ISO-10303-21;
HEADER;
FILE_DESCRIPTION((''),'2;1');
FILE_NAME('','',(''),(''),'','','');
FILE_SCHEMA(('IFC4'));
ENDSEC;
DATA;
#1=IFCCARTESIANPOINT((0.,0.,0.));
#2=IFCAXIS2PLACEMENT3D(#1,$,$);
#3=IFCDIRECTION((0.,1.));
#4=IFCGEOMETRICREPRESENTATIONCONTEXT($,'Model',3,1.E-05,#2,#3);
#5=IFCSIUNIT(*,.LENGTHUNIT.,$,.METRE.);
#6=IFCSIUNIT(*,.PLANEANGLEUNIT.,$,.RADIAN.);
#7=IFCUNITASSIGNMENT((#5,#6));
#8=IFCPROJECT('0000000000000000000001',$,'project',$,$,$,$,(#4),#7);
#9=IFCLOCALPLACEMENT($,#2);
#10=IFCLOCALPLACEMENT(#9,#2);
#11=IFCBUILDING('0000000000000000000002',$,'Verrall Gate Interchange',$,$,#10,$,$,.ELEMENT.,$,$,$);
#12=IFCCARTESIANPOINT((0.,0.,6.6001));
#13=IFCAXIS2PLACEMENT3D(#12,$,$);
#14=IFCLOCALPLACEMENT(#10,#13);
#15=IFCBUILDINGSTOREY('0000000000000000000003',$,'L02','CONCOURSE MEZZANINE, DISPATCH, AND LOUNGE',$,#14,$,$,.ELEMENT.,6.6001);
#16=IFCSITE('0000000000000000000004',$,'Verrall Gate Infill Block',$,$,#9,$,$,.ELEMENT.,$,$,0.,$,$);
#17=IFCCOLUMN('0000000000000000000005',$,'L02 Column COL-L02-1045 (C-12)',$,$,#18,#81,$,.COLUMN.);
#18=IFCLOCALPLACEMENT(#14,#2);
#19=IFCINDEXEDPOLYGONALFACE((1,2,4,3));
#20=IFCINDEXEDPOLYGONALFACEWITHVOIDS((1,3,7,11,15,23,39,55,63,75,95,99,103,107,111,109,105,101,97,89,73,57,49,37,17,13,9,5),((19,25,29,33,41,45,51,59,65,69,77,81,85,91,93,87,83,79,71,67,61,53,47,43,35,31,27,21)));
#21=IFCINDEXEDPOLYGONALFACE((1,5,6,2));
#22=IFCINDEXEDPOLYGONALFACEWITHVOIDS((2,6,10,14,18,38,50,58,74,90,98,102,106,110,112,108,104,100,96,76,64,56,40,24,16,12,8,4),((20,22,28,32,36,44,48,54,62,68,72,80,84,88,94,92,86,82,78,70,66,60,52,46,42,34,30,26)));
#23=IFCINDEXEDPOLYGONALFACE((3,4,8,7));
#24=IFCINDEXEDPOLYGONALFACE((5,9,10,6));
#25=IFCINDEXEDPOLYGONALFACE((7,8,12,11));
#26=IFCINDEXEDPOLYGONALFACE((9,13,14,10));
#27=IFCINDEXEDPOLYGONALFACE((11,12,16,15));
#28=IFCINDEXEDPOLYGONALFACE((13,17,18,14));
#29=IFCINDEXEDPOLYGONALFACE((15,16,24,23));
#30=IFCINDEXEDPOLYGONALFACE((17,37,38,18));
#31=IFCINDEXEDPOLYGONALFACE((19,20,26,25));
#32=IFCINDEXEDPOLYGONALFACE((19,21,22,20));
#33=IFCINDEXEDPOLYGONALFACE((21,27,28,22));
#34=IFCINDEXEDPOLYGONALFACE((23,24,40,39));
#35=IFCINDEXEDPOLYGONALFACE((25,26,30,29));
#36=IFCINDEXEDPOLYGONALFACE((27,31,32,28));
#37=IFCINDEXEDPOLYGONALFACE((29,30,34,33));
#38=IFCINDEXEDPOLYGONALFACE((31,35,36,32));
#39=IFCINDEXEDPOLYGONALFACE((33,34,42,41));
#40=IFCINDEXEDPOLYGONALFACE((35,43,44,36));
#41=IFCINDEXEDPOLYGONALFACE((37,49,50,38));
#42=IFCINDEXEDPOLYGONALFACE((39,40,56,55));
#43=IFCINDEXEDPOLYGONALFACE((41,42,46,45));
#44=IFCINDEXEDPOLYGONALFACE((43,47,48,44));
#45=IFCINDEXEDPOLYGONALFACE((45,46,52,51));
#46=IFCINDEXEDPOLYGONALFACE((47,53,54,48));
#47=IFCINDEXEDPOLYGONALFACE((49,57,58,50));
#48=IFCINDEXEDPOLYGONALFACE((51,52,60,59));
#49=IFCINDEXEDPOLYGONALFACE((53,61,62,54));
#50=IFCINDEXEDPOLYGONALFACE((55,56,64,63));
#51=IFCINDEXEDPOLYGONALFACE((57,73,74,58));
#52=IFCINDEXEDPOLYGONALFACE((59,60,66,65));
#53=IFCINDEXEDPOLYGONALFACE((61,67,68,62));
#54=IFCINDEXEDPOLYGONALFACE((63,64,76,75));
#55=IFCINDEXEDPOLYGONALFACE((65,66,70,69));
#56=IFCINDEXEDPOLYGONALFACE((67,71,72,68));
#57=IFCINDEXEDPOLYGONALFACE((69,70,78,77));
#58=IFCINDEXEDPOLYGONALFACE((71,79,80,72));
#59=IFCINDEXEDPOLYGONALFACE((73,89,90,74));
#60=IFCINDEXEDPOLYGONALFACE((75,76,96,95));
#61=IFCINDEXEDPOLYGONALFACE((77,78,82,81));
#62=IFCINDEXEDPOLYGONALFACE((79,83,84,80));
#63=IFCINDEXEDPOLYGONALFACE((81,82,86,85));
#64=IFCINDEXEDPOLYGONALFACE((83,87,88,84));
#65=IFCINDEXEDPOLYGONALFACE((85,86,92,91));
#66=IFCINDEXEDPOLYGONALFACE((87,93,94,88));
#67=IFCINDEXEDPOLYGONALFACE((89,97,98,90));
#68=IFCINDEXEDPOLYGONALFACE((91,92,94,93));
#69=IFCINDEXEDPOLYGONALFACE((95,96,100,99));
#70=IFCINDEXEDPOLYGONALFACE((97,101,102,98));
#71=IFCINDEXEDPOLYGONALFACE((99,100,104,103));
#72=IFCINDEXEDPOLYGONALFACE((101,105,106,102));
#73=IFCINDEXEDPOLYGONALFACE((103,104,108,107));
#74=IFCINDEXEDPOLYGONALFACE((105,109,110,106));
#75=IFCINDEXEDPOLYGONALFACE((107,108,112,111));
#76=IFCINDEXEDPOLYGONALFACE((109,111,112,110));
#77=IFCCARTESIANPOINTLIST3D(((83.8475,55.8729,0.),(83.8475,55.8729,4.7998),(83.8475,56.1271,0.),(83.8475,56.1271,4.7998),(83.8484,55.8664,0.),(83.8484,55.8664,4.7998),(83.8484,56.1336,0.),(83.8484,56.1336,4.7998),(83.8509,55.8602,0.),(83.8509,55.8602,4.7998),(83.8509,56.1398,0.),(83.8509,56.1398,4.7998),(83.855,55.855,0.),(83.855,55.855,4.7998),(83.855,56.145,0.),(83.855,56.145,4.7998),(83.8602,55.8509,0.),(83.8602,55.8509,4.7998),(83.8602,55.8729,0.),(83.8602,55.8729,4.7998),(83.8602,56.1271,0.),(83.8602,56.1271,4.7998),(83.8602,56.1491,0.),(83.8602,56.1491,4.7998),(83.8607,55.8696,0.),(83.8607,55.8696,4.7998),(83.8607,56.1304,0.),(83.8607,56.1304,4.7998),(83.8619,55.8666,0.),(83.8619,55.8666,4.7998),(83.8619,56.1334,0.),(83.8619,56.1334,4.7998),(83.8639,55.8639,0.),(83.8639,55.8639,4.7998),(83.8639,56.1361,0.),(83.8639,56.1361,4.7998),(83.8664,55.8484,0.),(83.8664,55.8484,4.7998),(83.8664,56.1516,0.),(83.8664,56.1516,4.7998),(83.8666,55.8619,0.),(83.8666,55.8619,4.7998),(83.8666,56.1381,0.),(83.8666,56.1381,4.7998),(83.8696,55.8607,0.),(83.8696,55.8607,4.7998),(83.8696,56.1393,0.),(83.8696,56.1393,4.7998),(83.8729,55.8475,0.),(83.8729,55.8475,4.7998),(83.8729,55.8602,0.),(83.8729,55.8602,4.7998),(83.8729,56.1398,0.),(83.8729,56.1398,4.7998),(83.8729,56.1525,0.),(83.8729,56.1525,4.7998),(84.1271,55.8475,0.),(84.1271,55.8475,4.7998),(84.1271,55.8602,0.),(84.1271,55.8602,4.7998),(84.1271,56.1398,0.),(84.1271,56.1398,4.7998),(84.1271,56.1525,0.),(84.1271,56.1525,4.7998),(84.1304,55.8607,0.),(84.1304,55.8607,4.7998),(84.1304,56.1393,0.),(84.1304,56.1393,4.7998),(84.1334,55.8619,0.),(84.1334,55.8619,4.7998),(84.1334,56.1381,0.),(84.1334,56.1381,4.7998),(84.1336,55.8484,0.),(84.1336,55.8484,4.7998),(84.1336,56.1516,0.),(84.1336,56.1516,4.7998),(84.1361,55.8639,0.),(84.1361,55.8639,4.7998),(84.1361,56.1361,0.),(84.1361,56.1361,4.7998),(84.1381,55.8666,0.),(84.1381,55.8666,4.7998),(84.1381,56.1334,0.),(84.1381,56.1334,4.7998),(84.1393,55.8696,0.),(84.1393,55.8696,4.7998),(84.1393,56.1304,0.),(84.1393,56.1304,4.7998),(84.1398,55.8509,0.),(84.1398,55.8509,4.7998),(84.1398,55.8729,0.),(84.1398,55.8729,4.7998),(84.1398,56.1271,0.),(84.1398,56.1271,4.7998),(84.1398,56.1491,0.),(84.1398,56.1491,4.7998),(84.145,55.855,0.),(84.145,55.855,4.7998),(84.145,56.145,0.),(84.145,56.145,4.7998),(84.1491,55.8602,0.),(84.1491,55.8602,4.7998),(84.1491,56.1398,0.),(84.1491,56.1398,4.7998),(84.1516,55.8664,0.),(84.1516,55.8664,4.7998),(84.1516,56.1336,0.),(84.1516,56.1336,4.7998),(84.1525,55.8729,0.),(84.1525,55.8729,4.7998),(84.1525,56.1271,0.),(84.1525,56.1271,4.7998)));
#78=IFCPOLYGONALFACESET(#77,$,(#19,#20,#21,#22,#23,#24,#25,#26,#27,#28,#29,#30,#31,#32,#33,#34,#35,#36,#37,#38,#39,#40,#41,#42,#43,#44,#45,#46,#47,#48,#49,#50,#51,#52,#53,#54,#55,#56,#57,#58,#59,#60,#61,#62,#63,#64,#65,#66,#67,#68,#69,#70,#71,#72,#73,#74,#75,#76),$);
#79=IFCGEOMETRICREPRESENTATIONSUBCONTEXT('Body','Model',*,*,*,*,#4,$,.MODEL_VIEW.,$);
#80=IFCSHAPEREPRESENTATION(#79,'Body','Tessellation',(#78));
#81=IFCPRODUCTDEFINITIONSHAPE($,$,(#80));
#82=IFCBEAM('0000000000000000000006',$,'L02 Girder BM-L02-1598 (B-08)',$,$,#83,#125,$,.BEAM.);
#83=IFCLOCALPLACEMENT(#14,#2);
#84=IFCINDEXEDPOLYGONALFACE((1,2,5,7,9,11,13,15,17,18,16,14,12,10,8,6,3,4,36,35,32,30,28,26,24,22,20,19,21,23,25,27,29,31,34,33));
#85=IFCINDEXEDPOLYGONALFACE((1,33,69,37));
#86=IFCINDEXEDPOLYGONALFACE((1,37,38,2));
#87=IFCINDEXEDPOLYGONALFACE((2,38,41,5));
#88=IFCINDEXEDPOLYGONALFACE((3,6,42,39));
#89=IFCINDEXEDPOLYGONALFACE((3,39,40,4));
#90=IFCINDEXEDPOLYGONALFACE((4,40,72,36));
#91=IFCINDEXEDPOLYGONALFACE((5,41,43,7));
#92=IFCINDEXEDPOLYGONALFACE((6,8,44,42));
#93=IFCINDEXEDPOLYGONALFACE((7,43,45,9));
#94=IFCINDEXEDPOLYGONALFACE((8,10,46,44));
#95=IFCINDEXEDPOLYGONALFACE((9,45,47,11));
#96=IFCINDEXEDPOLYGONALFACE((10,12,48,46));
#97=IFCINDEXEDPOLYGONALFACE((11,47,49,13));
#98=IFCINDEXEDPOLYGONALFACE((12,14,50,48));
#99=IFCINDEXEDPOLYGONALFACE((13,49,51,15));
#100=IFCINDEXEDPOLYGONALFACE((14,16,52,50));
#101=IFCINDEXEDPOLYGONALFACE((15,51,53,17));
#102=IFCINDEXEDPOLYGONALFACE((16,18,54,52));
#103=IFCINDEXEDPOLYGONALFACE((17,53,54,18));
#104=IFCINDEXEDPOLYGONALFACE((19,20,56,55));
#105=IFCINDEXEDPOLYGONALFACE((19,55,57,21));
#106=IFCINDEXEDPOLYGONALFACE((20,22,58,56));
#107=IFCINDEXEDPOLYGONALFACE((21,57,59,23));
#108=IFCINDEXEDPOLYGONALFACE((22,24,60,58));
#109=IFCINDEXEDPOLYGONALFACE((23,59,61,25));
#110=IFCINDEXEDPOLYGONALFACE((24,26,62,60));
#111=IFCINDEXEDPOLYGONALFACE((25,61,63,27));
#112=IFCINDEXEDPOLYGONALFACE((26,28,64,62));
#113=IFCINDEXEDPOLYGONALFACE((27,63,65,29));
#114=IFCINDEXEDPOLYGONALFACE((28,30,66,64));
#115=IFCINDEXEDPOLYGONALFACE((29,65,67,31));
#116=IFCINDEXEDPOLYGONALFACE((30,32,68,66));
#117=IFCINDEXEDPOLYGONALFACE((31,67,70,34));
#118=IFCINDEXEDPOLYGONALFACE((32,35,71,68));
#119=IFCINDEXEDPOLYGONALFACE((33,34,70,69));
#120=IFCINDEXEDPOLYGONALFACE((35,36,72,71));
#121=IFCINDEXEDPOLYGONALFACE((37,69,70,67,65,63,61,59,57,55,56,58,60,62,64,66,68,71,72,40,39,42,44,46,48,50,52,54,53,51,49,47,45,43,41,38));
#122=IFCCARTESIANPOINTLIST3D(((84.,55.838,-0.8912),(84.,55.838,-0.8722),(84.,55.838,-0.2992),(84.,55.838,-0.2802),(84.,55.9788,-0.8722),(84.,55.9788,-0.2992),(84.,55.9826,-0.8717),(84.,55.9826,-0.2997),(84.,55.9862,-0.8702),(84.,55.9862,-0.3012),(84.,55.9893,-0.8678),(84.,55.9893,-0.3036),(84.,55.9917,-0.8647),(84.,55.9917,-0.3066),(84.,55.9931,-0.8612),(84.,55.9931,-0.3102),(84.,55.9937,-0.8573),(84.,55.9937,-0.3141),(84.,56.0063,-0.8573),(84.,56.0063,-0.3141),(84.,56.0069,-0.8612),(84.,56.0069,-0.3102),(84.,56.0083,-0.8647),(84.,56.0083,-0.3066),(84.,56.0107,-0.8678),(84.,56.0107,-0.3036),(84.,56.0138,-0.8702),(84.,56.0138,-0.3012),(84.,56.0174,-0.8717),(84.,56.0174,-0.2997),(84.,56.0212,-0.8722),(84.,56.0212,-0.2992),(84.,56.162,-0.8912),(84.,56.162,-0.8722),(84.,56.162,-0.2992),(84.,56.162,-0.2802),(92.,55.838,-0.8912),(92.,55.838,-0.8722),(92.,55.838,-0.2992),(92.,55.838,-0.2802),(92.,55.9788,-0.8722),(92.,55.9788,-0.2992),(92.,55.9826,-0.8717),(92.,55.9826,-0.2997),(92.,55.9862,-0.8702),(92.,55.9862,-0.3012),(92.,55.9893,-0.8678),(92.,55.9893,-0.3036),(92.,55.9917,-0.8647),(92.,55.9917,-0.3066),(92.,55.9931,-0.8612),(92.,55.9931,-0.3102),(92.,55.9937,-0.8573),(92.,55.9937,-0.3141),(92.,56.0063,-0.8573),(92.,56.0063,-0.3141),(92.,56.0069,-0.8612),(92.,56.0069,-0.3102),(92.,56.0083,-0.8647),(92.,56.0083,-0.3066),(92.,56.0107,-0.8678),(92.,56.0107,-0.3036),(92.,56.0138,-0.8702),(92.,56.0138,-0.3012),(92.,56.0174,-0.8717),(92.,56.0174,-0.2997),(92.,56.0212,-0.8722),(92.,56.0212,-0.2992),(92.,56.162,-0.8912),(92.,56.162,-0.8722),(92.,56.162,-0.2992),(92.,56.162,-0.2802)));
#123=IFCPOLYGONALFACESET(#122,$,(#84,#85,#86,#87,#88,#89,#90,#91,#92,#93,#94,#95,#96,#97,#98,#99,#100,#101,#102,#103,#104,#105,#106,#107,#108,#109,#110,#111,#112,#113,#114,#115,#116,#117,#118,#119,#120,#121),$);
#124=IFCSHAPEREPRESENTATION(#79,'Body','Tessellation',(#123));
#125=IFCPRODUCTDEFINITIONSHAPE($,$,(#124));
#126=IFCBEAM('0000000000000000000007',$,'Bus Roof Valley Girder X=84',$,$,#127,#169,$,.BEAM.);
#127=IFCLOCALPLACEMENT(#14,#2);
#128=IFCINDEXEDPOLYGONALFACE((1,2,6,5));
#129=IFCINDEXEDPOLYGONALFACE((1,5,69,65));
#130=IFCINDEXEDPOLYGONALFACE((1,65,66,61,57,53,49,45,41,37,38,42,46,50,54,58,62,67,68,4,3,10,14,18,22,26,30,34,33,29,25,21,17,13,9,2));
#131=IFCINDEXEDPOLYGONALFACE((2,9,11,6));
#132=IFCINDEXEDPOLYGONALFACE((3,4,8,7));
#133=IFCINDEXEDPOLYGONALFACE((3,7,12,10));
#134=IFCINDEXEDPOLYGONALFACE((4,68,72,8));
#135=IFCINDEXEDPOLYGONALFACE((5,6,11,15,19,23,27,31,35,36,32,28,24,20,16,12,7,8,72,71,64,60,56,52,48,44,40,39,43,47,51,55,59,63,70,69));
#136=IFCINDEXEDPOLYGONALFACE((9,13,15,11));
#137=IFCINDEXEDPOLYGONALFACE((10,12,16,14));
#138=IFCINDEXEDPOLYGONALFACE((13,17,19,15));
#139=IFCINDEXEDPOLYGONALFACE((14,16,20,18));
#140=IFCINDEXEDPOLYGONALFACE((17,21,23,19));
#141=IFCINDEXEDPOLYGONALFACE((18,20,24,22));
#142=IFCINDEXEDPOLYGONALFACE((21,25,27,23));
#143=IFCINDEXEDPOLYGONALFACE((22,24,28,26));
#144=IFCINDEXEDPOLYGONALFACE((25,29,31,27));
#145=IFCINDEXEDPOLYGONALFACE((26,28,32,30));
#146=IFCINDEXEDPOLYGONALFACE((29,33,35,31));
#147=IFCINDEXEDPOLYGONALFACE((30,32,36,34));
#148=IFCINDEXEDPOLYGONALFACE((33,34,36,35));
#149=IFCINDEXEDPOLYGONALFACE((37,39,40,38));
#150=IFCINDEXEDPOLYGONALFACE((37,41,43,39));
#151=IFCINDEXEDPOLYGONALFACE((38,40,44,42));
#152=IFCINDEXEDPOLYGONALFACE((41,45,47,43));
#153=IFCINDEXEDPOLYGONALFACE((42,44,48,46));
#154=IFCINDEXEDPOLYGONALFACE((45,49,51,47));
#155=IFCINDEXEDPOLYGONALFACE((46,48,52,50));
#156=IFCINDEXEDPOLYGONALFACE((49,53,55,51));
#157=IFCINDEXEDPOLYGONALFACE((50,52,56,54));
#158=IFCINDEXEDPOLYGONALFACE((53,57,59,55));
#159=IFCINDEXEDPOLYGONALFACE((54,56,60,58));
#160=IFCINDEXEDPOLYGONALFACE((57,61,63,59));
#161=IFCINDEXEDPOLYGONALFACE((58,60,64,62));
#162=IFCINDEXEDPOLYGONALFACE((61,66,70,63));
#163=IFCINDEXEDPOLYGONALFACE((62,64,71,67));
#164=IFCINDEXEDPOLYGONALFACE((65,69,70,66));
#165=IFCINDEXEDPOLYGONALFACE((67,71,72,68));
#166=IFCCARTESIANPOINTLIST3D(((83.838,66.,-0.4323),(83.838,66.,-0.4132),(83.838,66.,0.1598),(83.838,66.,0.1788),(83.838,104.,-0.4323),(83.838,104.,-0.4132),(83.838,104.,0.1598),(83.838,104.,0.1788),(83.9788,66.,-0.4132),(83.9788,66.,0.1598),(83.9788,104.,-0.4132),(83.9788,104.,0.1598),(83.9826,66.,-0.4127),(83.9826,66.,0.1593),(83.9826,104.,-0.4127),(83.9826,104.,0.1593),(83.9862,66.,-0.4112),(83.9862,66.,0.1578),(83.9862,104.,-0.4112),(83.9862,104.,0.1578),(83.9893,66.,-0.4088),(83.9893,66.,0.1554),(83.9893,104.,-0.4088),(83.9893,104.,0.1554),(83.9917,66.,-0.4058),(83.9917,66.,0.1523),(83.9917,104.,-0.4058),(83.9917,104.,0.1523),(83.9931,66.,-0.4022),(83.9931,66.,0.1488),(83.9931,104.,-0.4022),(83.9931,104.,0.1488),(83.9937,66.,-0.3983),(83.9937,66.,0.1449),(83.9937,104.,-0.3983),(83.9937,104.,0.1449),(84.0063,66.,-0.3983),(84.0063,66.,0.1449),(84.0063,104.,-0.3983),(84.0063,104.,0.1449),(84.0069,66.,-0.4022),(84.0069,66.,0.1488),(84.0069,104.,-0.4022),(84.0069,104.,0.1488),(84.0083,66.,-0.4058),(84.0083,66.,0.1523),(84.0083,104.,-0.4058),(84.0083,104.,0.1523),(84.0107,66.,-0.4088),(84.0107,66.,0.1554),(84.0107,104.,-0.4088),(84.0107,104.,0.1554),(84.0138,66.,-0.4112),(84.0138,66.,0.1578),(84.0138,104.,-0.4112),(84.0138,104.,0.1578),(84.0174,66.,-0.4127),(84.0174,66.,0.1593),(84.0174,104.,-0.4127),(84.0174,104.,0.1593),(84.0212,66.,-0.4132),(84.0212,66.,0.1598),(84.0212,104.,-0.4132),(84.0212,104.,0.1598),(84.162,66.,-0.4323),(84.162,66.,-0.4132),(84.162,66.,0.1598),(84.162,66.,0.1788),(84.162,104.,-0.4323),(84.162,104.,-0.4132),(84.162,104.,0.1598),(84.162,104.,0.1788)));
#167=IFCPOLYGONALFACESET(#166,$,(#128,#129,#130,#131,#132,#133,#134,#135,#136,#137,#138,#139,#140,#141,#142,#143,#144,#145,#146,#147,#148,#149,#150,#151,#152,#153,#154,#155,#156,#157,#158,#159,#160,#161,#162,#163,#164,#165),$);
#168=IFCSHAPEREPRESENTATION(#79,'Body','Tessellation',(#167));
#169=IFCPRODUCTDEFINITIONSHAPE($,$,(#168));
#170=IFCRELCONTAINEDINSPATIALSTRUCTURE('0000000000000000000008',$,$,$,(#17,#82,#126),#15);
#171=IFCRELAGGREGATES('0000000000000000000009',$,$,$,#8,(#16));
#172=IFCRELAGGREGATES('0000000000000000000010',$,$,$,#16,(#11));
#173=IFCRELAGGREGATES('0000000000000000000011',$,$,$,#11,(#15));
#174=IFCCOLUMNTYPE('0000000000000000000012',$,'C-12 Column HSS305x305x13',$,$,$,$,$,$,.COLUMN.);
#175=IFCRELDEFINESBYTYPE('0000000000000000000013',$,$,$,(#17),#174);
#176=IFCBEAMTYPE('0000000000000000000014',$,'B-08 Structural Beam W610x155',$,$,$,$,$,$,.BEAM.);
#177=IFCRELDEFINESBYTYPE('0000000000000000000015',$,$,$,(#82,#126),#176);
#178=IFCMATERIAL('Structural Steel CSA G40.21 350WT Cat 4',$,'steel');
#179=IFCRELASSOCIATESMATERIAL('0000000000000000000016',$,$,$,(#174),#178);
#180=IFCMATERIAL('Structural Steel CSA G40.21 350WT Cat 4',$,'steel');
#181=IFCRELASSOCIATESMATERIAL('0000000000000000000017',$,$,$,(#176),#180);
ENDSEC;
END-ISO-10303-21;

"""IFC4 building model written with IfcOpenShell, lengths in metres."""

from ifc_helpers import new_model, si_unit, direction, frame, origin, origin_2d, place, context, subcontext, project, spatial, hollow_rectangle, i_section, extrude, material, material_profile, profile_set, type_object, element, save


model = new_model("IFC4")

# Units and contexts
model_context = context("Model", 3, precision=1e-05, world=origin(), true_north=direction((0.0, 1.0)))
body_context = subcontext(model_context, "Body", "Model", "MODEL_VIEW")
ifc_project = project(units=[si_unit("LENGTHUNIT", "METRE"), si_unit("PLANEANGLEUNIT", "RADIAN")], contexts=[model_context])

# Site, building, storey
site_placement = place(None, origin())
site = spatial("IfcSite", under=ifc_project, at=site_placement, Name="Verrall Gate Infill Block", CompositionType="ELEMENT", RefElevation=0.0)
building_placement = place(site_placement, origin())
building = spatial("IfcBuilding", under=site, at=building_placement, Name="Verrall Gate Interchange", CompositionType="ELEMENT")
storey_placement = place(building_placement, frame((0.0, 0.0, 6.6001)))
storey = spatial("IfcBuildingStorey", under=building, at=storey_placement, Name="L02", Description="CONCOURSE MEZZANINE, DISPATCH, AND LOUNGE", CompositionType="ELEMENT", Elevation=6.6001)

# Column
ifc_material_1 = material(Name="Structural Steel CSA G40.21 350WT Cat 4", Category="steel")
ifc_material_profile_1 = material_profile(ifc_material_1, hollow_rectangle(XDim=0.3049, YDim=0.3049, WallThickness=0.0127, InnerFilletRadius=0.0127, OuterFilletRadius=0.0254, at=origin_2d()), Name="HSS305x305x13")
ifc_profile_set_1 = profile_set([ifc_material_profile_1], Name="Structural Steel CSA G40.21 350WT Cat 4")
column_type = type_object("IfcColumnType", Name="C-12 Column HSS305x305x13", PredefinedType="COLUMN", material=ifc_profile_set_1)
column_placement = place(storey_placement, frame((84.0, 56.0, 0.0), z_axis=(0.0, 0.0, 1.0), x_axis=(1.0, 0.0, 0.0)))
element("IfcColumn", 1, at=column_placement, inside=storey, type_object=column_type, Name="L02 Column COL-L02-1045 (C-12)", PredefinedType="COLUMN", context=body_context, shape_type="SweptSolid", body=[
    extrude(hollow_rectangle(XDim=0.3049, YDim=0.3049, WallThickness=0.0127, InnerFilletRadius=0.0127, OuterFilletRadius=0.0254, at=origin_2d()), origin(), (0.0, 0.0, 1.0), 4.7998),
])

# Beams
ifc_material_2 = material(Name="Structural Steel CSA G40.21 350WT Cat 4", Category="steel")
ifc_material_profile_2 = material_profile(ifc_material_2, i_section(OverallWidth=0.324, OverallDepth=0.6111, WebThickness=0.0127, FlangeThickness=0.019, FilletRadius=0.0149, at=origin_2d()), Name="W610x155")
ifc_profile_set_2 = profile_set([ifc_material_profile_2], Name="Structural Steel CSA G40.21 350WT Cat 4")
beam_type_1 = type_object("IfcBeamType", Name="B-08 Structural Beam W610x155", PredefinedType="BEAM", material=ifc_profile_set_2)
beam_1_placement = place(storey_placement, frame((84.0, 56.0, -0.5857), z_axis=(1.0, 0.0, 0.0), x_axis=(0.0, 1.0, 0.0)))
element("IfcBeam", 2, at=beam_1_placement, inside=storey, type_object=beam_type_1, Name="L02 Girder BM-L02-1598 (B-08)", PredefinedType="BEAM", context=body_context, shape_type="SweptSolid", body=[
    extrude(i_section(OverallWidth=0.324, OverallDepth=0.6111, WebThickness=0.0127, FlangeThickness=0.019, FilletRadius=0.0149, at=origin_2d()), origin(), (0.0, 0.0, 1.0), 8.0),
])
beam_2_placement = place(storey_placement, frame((84.0, 66.0, -0.1267), z_axis=(0.0, 1.0, 0.0), x_axis=(-1.0, 0.0, 0.0)))
element("IfcBeam", 3, at=beam_2_placement, inside=storey, type_object=beam_type_1, Name="Bus Roof Valley Girder X=84", PredefinedType="BEAM", context=body_context, shape_type="SweptSolid", body=[
    extrude(i_section(OverallWidth=0.324, OverallDepth=0.6111, WebThickness=0.0127, FlangeThickness=0.019, FilletRadius=0.0149, at=origin_2d()), origin(), (0.0, 0.0, 1.0), 38.0),
])

save(model, "model.ifc")
